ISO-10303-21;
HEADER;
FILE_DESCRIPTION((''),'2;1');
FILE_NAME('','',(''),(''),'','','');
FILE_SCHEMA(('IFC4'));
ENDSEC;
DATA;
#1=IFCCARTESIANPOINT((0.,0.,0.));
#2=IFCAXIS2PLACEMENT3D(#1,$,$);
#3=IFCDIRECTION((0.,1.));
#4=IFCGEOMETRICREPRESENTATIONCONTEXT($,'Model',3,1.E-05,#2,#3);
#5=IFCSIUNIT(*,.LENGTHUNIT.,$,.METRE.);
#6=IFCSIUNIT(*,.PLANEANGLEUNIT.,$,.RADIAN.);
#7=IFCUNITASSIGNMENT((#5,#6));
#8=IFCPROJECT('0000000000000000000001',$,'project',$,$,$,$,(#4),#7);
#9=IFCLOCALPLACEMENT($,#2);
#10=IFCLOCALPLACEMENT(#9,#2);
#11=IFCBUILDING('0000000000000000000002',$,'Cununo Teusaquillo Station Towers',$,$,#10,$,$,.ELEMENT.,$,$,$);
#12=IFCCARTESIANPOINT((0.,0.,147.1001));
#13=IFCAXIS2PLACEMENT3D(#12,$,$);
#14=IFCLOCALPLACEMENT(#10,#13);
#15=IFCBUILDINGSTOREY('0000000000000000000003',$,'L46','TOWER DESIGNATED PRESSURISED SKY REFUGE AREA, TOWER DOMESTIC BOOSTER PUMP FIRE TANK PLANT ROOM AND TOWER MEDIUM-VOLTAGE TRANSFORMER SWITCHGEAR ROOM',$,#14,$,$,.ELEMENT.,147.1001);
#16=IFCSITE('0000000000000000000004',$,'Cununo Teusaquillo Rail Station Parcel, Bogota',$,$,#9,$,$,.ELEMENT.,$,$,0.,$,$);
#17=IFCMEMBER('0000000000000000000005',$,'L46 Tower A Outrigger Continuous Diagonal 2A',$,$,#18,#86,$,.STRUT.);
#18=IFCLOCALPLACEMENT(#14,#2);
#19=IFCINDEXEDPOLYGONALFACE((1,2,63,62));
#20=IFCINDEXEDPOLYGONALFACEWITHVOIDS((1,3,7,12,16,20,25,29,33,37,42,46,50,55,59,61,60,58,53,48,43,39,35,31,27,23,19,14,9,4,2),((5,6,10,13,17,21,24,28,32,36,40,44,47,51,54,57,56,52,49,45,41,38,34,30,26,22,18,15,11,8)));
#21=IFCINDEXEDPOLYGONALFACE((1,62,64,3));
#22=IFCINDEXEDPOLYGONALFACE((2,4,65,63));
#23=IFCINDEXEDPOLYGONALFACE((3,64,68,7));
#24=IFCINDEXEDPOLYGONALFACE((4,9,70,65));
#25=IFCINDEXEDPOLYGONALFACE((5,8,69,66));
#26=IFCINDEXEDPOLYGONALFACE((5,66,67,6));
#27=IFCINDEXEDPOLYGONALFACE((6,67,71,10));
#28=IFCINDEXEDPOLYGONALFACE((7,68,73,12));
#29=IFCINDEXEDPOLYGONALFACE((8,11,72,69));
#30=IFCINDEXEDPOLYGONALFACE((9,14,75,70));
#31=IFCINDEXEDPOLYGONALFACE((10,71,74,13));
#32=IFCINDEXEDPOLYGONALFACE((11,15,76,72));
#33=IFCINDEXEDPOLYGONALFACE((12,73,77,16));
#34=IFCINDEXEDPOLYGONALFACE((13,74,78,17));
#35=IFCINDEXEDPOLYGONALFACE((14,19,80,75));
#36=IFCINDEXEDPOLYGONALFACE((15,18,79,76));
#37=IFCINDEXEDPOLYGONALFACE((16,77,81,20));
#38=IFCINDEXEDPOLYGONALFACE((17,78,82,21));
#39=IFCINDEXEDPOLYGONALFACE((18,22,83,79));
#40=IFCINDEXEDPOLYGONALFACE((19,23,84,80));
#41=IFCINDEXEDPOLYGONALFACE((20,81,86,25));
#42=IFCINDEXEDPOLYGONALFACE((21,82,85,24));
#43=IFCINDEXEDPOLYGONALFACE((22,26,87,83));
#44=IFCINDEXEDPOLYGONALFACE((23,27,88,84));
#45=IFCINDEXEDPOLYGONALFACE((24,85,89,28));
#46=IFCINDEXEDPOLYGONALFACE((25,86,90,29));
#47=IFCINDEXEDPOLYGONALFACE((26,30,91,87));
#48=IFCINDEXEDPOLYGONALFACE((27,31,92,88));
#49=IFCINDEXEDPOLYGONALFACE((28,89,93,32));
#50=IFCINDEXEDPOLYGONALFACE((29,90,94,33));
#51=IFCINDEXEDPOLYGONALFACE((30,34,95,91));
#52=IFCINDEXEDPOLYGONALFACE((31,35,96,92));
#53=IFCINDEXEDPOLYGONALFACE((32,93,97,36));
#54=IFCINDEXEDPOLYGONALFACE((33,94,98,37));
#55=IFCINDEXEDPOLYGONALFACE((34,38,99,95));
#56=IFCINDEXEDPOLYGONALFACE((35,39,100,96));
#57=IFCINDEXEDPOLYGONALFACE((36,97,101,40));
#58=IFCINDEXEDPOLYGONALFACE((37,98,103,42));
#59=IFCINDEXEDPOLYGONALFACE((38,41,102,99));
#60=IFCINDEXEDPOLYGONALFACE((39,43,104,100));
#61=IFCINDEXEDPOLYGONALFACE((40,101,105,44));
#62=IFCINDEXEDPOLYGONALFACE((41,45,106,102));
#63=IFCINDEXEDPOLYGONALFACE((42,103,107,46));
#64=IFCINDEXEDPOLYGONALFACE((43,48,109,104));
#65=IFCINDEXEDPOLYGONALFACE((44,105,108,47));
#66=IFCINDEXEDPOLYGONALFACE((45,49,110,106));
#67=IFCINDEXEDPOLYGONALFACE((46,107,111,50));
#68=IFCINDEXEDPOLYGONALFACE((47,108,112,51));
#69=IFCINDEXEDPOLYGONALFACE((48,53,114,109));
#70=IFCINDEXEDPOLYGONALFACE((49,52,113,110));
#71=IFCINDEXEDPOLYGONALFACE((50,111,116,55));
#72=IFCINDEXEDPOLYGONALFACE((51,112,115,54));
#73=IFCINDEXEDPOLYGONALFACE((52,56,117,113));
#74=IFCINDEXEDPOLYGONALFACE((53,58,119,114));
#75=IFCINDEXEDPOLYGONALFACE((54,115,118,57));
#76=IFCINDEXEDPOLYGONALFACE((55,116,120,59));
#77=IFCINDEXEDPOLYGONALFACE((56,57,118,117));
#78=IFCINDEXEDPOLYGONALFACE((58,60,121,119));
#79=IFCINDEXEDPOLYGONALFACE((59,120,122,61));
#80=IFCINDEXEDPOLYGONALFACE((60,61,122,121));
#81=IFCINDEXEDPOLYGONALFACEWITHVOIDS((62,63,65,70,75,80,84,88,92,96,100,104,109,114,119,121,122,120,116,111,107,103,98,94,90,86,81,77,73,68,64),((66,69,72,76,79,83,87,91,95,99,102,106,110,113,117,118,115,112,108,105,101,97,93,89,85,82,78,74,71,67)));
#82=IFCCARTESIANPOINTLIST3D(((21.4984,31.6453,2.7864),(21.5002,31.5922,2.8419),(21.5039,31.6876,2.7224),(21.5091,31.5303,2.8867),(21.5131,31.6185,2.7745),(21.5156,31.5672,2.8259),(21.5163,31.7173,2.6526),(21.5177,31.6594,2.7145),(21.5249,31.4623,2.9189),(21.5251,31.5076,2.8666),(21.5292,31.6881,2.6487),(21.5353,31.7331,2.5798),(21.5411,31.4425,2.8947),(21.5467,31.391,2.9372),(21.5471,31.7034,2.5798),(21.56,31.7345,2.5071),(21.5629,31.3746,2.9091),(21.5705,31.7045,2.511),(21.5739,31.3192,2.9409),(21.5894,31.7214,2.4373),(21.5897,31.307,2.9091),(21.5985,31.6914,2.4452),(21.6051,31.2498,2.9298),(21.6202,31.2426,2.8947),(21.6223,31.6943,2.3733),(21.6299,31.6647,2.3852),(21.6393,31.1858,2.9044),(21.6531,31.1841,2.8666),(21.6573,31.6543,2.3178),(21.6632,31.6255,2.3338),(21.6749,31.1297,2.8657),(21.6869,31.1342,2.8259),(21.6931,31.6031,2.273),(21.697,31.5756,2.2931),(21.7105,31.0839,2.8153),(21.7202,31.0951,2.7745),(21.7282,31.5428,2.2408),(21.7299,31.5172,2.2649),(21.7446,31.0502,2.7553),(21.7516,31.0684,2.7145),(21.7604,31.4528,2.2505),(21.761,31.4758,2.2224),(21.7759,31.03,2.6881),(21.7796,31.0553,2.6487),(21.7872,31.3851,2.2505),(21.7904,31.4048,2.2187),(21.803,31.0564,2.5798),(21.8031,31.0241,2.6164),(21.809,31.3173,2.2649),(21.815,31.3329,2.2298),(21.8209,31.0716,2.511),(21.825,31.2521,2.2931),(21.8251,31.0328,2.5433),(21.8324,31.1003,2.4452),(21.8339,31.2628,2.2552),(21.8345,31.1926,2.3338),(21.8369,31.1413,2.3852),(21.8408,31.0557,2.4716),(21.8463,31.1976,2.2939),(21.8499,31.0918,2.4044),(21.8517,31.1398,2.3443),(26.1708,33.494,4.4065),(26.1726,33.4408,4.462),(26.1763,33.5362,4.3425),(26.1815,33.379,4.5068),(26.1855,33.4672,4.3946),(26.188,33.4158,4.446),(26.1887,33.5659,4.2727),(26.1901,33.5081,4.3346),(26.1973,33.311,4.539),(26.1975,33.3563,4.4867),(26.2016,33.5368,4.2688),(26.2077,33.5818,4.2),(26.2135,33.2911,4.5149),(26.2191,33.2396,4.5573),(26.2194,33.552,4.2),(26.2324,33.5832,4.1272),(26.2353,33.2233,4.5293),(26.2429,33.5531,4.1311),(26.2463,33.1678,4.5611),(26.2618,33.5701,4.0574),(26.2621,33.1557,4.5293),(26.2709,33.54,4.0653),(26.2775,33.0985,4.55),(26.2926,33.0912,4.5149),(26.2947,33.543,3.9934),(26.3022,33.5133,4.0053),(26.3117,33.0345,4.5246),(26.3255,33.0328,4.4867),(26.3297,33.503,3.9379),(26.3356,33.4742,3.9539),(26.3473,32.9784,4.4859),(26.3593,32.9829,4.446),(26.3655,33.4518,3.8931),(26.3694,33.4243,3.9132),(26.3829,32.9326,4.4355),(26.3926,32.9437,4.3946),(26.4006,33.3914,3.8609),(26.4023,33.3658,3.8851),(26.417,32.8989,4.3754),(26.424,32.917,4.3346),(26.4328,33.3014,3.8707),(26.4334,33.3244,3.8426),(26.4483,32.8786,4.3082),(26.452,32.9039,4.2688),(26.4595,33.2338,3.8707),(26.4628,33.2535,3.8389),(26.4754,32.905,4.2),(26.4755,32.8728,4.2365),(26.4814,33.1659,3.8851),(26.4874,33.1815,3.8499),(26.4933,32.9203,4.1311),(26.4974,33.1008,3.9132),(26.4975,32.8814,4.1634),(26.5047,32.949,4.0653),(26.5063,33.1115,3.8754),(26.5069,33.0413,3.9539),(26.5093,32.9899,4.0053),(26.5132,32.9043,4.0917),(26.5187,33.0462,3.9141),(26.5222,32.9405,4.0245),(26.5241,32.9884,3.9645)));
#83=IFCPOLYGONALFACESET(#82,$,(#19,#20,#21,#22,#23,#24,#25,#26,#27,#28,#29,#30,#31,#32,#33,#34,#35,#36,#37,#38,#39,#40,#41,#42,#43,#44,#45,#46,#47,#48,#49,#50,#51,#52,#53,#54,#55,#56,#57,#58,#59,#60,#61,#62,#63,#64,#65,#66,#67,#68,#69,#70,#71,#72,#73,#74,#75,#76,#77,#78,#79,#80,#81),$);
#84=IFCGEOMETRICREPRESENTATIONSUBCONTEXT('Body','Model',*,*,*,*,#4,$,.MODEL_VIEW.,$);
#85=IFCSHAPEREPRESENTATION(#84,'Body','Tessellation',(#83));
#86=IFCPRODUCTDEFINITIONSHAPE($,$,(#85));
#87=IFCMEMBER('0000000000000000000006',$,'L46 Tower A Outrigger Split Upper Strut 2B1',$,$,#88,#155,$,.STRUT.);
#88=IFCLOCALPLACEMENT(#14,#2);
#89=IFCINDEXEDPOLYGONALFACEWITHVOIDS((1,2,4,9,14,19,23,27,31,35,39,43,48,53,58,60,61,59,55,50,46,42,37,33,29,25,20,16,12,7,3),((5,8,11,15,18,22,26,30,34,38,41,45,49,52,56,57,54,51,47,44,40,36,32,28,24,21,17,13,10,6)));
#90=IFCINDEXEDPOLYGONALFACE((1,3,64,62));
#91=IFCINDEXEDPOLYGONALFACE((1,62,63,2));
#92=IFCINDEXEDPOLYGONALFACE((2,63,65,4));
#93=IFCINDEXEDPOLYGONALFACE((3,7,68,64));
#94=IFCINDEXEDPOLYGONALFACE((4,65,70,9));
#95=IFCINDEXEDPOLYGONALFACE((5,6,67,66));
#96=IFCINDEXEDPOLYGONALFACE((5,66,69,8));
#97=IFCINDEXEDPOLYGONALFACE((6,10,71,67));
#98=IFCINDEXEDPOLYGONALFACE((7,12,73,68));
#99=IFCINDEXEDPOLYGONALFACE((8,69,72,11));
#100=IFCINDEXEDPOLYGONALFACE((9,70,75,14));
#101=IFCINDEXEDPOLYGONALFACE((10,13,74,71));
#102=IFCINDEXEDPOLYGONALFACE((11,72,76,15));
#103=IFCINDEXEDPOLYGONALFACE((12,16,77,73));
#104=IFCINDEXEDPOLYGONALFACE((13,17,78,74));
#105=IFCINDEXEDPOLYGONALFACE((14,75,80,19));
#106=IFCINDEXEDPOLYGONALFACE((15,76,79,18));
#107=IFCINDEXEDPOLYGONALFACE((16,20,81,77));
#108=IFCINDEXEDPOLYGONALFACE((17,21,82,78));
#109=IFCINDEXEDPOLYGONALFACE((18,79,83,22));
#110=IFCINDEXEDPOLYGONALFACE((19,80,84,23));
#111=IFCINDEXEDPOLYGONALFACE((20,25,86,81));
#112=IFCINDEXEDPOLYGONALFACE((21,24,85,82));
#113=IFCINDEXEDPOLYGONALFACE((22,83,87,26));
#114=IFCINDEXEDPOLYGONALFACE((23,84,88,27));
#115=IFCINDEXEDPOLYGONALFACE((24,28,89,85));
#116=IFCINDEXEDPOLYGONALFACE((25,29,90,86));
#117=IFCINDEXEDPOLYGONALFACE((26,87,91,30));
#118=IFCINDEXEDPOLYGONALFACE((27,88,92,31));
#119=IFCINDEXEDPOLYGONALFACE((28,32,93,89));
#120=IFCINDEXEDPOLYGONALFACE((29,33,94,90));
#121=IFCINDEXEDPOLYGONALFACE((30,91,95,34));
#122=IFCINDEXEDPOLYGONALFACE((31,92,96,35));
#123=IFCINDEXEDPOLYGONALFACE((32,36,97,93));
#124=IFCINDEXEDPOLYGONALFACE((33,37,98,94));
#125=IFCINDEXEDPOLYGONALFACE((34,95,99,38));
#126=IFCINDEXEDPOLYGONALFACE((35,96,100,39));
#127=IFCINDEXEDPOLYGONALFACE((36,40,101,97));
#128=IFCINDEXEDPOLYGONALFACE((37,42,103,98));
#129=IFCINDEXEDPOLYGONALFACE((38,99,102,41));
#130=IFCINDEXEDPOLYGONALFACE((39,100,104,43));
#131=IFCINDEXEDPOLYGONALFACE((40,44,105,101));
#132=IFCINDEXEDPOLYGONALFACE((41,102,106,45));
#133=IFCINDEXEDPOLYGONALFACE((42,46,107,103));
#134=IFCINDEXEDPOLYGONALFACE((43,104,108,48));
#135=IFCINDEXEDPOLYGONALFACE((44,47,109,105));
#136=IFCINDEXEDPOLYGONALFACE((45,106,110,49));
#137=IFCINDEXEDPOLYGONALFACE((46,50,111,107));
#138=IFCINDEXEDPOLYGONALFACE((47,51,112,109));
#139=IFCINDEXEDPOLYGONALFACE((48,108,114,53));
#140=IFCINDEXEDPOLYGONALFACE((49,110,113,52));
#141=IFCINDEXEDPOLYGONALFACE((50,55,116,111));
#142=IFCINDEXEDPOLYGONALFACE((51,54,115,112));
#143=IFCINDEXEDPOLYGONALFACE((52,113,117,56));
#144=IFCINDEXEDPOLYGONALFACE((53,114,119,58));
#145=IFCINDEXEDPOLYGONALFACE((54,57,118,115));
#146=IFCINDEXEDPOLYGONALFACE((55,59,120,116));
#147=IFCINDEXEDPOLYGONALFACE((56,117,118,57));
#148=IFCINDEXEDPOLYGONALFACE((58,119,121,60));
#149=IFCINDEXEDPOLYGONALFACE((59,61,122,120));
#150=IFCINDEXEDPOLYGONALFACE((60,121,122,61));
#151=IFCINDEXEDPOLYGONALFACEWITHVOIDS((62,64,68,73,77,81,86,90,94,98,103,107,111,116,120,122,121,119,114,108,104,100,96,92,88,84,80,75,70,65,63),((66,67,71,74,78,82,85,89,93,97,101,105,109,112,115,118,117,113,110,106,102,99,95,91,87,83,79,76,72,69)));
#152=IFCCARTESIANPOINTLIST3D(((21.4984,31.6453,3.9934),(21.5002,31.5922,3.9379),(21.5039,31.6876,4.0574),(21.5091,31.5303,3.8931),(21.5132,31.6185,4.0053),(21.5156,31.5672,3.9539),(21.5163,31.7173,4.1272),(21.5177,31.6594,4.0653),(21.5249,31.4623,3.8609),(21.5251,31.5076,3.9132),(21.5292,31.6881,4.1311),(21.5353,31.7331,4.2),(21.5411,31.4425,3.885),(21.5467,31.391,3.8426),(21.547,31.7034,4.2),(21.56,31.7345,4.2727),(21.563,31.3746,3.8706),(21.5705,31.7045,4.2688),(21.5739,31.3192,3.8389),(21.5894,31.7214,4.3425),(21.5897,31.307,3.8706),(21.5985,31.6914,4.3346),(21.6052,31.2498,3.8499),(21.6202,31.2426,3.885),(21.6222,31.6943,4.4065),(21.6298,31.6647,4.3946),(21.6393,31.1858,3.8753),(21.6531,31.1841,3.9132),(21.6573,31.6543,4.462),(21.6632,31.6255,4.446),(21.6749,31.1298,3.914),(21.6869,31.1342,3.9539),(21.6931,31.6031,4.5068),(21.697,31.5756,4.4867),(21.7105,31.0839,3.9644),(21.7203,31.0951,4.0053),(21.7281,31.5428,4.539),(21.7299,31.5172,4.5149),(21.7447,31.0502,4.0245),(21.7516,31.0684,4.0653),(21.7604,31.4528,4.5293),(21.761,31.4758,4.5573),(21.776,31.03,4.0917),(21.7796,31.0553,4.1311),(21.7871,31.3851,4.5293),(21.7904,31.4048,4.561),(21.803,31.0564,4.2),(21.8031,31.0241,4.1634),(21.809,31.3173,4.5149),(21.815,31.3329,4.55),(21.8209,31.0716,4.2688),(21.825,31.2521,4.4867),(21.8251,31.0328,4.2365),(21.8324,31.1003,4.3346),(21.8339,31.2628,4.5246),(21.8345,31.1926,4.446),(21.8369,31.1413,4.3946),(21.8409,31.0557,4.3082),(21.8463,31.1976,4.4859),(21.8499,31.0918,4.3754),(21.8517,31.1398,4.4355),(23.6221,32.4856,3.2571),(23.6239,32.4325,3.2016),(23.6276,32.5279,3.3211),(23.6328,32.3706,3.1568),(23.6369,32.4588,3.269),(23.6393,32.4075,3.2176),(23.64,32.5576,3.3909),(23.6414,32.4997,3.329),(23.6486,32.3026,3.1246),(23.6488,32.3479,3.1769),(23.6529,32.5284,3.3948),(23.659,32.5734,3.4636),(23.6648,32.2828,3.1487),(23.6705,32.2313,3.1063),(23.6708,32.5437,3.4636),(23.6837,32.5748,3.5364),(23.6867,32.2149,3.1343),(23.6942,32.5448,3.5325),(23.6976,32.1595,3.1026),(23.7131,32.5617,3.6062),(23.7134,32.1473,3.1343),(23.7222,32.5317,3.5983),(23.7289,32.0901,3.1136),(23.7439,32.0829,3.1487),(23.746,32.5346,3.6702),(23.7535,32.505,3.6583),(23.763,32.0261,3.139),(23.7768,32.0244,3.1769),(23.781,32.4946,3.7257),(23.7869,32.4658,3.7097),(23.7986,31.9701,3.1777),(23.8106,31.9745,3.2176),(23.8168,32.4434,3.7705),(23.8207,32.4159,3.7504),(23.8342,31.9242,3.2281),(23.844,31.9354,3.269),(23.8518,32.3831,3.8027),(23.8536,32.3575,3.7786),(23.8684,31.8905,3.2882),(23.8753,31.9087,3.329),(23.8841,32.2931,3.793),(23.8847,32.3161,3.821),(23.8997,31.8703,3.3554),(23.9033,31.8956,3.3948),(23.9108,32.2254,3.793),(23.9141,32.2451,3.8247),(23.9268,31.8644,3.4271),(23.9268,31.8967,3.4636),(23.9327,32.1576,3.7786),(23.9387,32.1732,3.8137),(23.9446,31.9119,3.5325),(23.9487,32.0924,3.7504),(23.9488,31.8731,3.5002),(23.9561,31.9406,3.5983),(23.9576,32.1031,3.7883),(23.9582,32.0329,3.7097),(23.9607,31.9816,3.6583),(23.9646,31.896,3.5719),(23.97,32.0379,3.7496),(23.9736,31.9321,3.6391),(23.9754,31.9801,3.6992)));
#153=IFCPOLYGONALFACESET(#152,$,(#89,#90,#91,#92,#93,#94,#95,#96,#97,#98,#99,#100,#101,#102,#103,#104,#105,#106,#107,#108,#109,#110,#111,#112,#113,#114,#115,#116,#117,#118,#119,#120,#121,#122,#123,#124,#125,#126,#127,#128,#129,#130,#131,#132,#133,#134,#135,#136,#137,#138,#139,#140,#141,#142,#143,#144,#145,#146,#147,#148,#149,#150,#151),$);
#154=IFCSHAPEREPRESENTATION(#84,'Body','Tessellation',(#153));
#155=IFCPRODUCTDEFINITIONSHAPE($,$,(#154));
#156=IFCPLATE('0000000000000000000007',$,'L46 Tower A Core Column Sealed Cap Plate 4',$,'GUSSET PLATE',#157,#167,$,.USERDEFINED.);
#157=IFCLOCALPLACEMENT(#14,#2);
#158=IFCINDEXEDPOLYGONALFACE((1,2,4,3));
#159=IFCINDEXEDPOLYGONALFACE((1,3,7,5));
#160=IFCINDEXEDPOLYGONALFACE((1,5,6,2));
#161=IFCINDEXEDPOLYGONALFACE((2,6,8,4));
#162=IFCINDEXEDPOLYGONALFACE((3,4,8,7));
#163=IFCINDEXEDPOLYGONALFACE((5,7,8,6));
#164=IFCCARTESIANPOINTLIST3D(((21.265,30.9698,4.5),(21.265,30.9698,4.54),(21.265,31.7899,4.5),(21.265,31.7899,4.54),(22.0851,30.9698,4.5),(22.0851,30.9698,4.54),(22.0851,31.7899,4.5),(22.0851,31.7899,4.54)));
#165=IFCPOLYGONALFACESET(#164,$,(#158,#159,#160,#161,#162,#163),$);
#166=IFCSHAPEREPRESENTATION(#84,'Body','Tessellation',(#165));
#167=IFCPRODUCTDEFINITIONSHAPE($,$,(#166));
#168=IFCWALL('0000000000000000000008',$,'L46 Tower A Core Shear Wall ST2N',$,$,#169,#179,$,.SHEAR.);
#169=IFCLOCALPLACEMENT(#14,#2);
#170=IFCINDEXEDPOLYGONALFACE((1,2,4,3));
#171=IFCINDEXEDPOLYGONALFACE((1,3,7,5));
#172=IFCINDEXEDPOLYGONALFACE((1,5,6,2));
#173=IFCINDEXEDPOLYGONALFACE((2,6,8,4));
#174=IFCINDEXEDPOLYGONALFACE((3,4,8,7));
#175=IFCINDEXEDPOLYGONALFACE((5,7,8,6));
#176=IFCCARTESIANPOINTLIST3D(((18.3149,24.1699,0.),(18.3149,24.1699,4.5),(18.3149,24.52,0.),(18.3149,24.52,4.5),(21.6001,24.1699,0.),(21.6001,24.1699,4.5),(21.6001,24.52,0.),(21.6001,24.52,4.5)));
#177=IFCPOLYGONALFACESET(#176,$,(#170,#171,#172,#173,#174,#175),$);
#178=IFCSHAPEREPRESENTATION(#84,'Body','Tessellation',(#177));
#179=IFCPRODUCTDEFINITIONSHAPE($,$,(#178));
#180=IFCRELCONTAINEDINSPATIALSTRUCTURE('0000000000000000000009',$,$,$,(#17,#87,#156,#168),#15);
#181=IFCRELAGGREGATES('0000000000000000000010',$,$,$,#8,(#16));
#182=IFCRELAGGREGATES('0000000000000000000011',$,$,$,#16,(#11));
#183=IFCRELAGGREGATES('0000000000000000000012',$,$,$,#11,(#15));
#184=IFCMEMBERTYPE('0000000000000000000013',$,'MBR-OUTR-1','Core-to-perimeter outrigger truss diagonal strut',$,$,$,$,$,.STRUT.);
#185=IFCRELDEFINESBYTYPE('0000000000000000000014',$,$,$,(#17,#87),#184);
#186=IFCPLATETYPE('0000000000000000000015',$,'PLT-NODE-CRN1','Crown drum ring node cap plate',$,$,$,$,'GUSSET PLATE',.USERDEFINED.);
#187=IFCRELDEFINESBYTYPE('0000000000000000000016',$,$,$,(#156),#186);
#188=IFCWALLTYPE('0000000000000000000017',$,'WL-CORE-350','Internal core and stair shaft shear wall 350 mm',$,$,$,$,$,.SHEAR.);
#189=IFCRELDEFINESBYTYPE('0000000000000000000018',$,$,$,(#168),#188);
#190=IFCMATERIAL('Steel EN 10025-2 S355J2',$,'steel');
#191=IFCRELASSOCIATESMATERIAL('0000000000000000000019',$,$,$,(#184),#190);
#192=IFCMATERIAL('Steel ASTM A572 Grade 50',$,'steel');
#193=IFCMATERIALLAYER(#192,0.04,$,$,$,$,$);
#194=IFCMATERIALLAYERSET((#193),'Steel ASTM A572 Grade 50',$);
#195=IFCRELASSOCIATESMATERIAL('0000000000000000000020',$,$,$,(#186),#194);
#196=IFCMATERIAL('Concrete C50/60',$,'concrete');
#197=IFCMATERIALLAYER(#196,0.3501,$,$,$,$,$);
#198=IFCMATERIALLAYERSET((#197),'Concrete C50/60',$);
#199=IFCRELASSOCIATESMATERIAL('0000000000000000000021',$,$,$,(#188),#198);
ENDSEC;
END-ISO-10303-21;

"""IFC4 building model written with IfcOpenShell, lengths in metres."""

from ifc_helpers import new_model, si_unit, direction, frame, frame_2d, origin, origin_2d, place, context, subcontext, project, spatial, rectangle, hollow_circle, extrude, source, transform, mapped, material, layer, layer_set, material_profile, profile_set, type_object, element, save


model = new_model("IFC4")

# Units and contexts
model_context = context("Model", 3, precision=1e-05, world=origin(), true_north=direction((0.0, 1.0)))
body_context = subcontext(model_context, "Body", "Model", "MODEL_VIEW")
ifc_project = project(units=[si_unit("LENGTHUNIT", "METRE"), si_unit("PLANEANGLEUNIT", "RADIAN")], contexts=[model_context])

# Site, building, storey
site_placement = place(None, origin())
site = spatial("IfcSite", under=ifc_project, at=site_placement, Name="Cununo Teusaquillo Rail Station Parcel, Bogota", CompositionType="ELEMENT", RefElevation=0.0)
building_placement = place(site_placement, origin())
building = spatial("IfcBuilding", under=site, at=building_placement, Name="Cununo Teusaquillo Station Towers", CompositionType="ELEMENT")
storey_placement = place(building_placement, frame((0.0, 0.0, 147.1001)))
storey = spatial("IfcBuildingStorey", under=building, at=storey_placement, Name="L46", Description="TOWER DESIGNATED PRESSURISED SKY REFUGE AREA, TOWER DOMESTIC BOOSTER PUMP FIRE TANK PLANT ROOM AND TOWER MEDIUM-VOLTAGE TRANSFORMER SWITCHGEAR ROOM", CompositionType="ELEMENT", Elevation=147.1001)

# Members
ifc_material_1 = material(Name="Steel EN 10025-2 S355J2", Category="steel")
ifc_material_profile_1 = material_profile(ifc_material_1, hollow_circle(Radius=0.3799, WallThickness=0.032, at=origin_2d()), Name="CHS 760x32")
ifc_profile_set_1 = profile_set([ifc_material_profile_1], Name="Steel EN 10025-2 S355J2")
member_type = type_object("IfcMemberType", Name="MBR-OUTR-1", Description="Core-to-perimeter outrigger truss diagonal strut", PredefinedType="STRUT", material=ifc_profile_set_1)
member_1_placement = place(storey_placement, frame((21.675, 31.3799, 2.5798), z_axis=(0.885, 0.350152, 0.306869), x_axis=(-0.367903, 0.929864, 0.0)))
element("IfcMember", 1, at=member_1_placement, inside=storey, type_object=member_type, Name="L46 Tower A Outrigger Continuous Diagonal 2A", PredefinedType="STRUT", context=body_context, shape_type="SweptSolid", body=[
    extrude(hollow_circle(Radius=0.3799, WallThickness=0.032, at=origin_2d()), origin(), (0.0, 0.0, 1.0), 5.2795),
])
member_2_placement = place(storey_placement, frame((21.675, 31.3799, 4.2), z_axis=(0.885002, 0.350176, -0.306836), x_axis=(-0.367923, 0.929856, 0.0)))
element("IfcMember", 2, at=member_2_placement, inside=storey, type_object=member_type, Name="L46 Tower A Outrigger Split Upper Strut 2B1", PredefinedType="STRUT", context=body_context, shape_type="SweptSolid", body=[
    extrude(hollow_circle(Radius=0.3799, WallThickness=0.032, at=origin_2d()), origin(), (0.0, 0.0, 1.0), 2.3997),
])

# Plate
ifc_material_2 = material(Name="Steel ASTM A572 Grade 50", Category="steel")
ifc_layer_1 = layer(ifc_material_2, 0.04)
ifc_layer_set_1 = layer_set([ifc_layer_1], Name="Steel ASTM A572 Grade 50")
plate_type = type_object("IfcPlateType", Name="PLT-NODE-CRN1", Description="Crown drum ring node cap plate", ElementType="GUSSET PLATE", PredefinedType="USERDEFINED", material=ifc_layer_set_1)
shared_shape_1 = source(origin(), body_context, "Body", "SweptSolid", [
    extrude(rectangle(XDim=0.8201, YDim=0.8201, at=origin_2d()), origin(), (0.0, 0.0, 1.0), 0.04),
])
plate_placement = place(storey_placement, frame((21.675, 31.3799, 4.5), z_axis=(0.0, 0.0, 1.0), x_axis=(1.0, 0.0, 0.0)))
element("IfcPlate", 3, at=plate_placement, inside=storey, type_object=plate_type, Name="L46 Tower A Core Column Sealed Cap Plate 4", ObjectType="GUSSET PLATE", PredefinedType="USERDEFINED", context=body_context, shape_type="MappedRepresentation", body=[
    mapped(shared_shape_1, transform((0.0, 0.0, 0.0), x_axis=(1.0, 0.0, 0.0), y_axis=(0.0, 1.0, 0.0), z_axis=(0.0, 0.0, 1.0), scale=1.0)),
])

# Wall
ifc_material_3 = material(Name="Concrete C50/60", Category="concrete")
ifc_layer_2 = layer(ifc_material_3, 0.3501)
ifc_layer_set_2 = layer_set([ifc_layer_2], Name="Concrete C50/60")
wall_type_1 = type_object("IfcWallType", Name="WL-CORE-350", Description="Internal core and stair shaft shear wall 350 mm", PredefinedType="SHEAR", material=ifc_layer_set_2)
wall_1_placement = place(storey_placement, frame((18.3149, 24.345, 0.0), z_axis=(0.0, 0.0, 1.0), x_axis=(1.0, 0.0, 0.0)))
element("IfcWall", 4, at=wall_1_placement, inside=storey, type_object=wall_type_1, Name="L46 Tower A Core Shear Wall ST2N", PredefinedType="SHEAR", context=body_context, shape_type="SweptSolid", body=[
    extrude(rectangle(XDim=3.2852, YDim=0.3501, at=frame_2d((1.6426, 0.0))), origin(), (0.0, 0.0, 1.0), 4.5),
])

save(model, "model.ifc")
